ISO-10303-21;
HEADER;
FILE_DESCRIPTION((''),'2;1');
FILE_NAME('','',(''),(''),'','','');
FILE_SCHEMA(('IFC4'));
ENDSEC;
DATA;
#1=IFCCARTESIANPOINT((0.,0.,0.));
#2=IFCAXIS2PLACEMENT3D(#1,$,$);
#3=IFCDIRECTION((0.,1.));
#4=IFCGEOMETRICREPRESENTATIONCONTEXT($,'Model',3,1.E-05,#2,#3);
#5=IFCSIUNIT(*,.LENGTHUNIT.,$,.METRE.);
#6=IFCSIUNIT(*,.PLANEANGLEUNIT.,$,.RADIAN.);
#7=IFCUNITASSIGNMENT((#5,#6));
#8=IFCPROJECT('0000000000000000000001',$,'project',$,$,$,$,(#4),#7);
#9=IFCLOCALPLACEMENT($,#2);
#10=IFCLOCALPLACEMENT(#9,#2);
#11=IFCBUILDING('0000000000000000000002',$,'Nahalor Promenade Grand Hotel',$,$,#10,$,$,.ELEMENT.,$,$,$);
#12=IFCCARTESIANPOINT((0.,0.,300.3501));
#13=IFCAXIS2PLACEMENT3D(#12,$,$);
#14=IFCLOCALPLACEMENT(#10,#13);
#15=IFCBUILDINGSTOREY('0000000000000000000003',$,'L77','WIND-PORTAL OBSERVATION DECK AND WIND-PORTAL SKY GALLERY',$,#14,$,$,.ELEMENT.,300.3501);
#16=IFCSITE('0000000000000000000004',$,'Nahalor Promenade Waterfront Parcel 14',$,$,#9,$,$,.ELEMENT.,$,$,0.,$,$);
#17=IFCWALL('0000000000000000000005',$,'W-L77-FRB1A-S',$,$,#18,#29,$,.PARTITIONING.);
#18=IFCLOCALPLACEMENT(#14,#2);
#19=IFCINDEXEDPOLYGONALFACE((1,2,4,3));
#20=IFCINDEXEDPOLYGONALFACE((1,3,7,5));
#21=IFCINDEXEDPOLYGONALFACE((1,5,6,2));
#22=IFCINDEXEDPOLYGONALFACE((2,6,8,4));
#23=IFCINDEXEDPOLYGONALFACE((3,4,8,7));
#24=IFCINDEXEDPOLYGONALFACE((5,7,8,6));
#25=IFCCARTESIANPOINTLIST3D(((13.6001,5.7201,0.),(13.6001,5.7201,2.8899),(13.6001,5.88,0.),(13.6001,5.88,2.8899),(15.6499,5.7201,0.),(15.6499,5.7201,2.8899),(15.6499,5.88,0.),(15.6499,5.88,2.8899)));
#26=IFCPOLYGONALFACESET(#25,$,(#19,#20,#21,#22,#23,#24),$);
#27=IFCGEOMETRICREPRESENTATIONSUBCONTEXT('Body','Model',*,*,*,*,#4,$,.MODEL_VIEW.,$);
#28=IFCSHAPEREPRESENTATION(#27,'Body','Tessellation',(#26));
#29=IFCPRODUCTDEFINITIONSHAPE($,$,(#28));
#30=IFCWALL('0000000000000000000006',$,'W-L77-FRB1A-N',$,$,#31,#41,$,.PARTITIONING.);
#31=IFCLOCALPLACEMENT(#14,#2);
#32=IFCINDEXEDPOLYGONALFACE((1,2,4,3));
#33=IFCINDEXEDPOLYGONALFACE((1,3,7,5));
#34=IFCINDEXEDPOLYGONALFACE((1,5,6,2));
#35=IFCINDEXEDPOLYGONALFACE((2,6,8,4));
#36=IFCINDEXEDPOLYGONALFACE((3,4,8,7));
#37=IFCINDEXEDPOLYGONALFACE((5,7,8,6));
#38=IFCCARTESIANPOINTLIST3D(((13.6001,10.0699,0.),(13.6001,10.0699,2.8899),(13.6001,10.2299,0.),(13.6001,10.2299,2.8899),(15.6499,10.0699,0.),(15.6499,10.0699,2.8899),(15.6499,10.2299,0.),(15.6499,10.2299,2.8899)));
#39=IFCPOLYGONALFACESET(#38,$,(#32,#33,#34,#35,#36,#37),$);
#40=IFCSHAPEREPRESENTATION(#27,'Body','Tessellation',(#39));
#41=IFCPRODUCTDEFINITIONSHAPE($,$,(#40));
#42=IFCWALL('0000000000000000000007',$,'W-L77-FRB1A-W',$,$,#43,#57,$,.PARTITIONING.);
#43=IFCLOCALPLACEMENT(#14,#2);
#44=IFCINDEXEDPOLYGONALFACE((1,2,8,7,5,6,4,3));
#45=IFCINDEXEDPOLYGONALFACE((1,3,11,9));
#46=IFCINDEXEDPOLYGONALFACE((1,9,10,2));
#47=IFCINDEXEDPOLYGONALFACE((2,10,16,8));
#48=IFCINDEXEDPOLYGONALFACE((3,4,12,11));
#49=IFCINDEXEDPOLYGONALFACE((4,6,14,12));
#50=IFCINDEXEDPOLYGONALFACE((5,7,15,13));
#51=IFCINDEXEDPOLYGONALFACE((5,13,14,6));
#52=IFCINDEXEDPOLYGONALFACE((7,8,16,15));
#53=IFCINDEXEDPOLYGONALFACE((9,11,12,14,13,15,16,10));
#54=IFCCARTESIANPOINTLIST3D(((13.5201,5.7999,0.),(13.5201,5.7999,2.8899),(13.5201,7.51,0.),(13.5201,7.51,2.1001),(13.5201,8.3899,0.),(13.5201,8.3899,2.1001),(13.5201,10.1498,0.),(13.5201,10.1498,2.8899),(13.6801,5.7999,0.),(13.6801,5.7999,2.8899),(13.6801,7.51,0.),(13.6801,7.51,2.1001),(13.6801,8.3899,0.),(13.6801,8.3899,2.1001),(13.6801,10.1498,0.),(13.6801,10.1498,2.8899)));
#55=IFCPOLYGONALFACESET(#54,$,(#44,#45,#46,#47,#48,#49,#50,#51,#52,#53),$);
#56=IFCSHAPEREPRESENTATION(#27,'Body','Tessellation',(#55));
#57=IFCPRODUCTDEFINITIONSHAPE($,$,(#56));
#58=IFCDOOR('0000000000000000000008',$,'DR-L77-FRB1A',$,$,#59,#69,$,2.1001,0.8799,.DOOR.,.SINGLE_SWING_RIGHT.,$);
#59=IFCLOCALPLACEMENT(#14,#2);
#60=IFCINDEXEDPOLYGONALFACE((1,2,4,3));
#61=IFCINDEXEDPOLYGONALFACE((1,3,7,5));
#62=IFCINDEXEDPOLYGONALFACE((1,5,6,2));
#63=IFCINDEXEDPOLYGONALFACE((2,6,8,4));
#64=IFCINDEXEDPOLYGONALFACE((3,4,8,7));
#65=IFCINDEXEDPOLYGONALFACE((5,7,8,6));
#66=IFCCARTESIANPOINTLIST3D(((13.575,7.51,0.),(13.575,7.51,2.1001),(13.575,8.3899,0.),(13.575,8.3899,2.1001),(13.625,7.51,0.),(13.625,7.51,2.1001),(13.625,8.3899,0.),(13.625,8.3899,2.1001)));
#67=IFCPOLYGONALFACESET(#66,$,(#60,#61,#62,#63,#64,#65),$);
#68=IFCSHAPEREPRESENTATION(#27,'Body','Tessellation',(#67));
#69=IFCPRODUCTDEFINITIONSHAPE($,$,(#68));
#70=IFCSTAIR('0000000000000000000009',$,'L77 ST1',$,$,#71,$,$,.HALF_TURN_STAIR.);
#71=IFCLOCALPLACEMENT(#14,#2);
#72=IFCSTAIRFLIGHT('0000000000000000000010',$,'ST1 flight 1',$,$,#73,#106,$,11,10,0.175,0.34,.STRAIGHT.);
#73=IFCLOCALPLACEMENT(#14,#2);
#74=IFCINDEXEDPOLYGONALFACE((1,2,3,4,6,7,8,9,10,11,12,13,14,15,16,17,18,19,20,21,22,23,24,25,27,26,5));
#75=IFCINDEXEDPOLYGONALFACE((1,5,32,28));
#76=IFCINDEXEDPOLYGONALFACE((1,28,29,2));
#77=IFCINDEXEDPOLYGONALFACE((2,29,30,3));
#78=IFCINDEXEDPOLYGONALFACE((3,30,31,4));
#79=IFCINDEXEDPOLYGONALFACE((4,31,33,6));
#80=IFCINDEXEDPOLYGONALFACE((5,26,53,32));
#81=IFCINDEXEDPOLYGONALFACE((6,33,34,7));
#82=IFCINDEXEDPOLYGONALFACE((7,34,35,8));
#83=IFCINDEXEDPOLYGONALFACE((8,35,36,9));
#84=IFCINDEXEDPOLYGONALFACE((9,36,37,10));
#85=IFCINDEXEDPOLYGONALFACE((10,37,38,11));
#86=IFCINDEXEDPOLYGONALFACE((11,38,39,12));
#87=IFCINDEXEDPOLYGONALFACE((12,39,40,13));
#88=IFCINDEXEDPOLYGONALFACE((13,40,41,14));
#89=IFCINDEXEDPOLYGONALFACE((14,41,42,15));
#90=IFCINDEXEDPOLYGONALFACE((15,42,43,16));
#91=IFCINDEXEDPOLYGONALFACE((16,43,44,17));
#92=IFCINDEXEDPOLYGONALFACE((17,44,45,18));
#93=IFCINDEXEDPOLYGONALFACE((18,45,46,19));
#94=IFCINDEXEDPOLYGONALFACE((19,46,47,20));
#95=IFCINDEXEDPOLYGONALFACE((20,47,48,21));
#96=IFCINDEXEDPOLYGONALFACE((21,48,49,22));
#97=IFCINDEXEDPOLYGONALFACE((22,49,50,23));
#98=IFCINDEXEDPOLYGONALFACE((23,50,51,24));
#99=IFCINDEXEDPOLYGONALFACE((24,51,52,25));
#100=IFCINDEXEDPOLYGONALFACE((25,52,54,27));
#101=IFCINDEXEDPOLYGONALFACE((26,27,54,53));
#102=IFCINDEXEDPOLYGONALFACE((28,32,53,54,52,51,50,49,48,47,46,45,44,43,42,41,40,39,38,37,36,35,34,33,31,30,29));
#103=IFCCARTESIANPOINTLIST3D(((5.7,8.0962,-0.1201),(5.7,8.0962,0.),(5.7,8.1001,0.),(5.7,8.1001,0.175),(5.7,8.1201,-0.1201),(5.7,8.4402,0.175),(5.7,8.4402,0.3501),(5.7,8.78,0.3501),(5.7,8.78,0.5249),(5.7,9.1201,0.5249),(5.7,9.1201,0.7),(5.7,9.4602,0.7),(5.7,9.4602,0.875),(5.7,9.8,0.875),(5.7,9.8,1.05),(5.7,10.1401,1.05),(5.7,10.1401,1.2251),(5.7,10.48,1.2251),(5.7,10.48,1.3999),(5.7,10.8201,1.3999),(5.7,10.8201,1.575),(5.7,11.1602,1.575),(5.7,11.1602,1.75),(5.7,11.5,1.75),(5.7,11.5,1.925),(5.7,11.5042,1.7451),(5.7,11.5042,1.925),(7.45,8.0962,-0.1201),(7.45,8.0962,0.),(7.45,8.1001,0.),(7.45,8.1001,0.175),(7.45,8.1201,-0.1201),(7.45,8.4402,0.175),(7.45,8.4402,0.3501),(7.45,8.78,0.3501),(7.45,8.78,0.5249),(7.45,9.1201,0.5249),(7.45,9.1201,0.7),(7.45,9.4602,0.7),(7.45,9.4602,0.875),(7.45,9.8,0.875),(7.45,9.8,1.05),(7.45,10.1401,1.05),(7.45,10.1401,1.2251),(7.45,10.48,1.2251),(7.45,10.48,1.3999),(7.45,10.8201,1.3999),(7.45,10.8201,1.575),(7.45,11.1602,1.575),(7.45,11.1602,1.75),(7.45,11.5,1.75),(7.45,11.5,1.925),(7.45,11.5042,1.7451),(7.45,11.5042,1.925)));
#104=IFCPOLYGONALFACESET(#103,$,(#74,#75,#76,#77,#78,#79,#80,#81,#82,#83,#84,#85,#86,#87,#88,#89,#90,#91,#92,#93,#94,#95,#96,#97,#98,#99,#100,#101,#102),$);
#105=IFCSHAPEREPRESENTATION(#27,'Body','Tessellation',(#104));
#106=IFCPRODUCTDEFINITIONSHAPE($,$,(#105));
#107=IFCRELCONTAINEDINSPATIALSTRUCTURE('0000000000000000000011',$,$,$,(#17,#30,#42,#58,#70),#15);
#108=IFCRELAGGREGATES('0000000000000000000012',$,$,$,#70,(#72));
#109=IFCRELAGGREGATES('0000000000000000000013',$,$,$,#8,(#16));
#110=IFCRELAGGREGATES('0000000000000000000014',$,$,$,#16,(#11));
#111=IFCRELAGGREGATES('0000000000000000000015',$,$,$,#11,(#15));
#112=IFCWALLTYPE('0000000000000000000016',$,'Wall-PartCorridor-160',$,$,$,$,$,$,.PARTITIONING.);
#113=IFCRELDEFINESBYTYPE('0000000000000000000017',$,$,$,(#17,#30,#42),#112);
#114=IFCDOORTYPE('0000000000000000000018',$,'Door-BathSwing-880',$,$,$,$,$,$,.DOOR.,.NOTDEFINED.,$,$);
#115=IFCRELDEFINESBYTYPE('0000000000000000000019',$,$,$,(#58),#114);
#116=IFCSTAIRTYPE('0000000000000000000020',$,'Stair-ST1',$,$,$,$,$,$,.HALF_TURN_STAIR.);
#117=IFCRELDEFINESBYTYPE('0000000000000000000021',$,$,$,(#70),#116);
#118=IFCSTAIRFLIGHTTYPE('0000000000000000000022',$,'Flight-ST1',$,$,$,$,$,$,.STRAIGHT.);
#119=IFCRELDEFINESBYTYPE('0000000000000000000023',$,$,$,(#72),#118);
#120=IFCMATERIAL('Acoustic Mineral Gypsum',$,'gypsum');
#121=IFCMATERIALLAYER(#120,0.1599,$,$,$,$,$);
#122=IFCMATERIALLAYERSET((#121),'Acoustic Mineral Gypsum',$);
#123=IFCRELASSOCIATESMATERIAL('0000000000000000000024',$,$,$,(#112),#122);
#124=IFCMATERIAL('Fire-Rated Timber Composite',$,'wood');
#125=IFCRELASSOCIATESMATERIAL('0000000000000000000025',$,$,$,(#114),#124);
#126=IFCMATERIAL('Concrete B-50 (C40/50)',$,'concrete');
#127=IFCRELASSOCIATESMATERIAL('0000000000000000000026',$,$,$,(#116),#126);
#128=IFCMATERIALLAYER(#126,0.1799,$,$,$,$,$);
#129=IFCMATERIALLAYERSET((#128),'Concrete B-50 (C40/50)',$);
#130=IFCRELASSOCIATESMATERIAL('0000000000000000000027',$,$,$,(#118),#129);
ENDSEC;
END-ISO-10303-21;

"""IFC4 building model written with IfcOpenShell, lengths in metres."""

from ifc_helpers import new_model, si_unit, direction, frame, frame_2d, origin, place, context, subcontext, project, spatial, polyline, rectangle, outline, extrude, source, transform, mapped, material, layer, layer_set, type_object, element, fill, aggregate, save


model = new_model("IFC4")

# Units and contexts
model_context = context("Model", 3, precision=1e-05, world=origin(), true_north=direction((0.0, 1.0)))
body_context = subcontext(model_context, "Body", "Model", "MODEL_VIEW")
ifc_project = project(units=[si_unit("LENGTHUNIT", "METRE"), si_unit("PLANEANGLEUNIT", "RADIAN")], contexts=[model_context])

# Site, building, storey
site_placement = place(None, origin())
site = spatial("IfcSite", under=ifc_project, at=site_placement, Name="Nahalor Promenade Waterfront Parcel 14", CompositionType="ELEMENT", RefElevation=0.0)
building_placement = place(site_placement, origin())
building = spatial("IfcBuilding", under=site, at=building_placement, Name="Nahalor Promenade Grand Hotel", CompositionType="ELEMENT")
storey_placement = place(building_placement, frame((0.0, 0.0, 300.3501)))
storey = spatial("IfcBuildingStorey", under=building, at=storey_placement, Name="L77", Description="WIND-PORTAL OBSERVATION DECK AND WIND-PORTAL SKY GALLERY", CompositionType="ELEMENT", Elevation=300.3501)

# Shared definitions
ifc_material_1 = material(Name="Concrete B-50 (C40/50)", Category="concrete")

# Walls
ifc_material_2 = material(Name="Acoustic Mineral Gypsum", Category="gypsum")
ifc_layer_1 = layer(ifc_material_2, 0.1599)
ifc_layer_set_1 = layer_set([ifc_layer_1], Name="Acoustic Mineral Gypsum")
wall_type_1 = type_object("IfcWallType", Name="Wall-PartCorridor-160", PredefinedType="PARTITIONING", material=ifc_layer_set_1)
shared_shape_1 = source(origin(), body_context, "Body", "SweptSolid", [
    extrude(rectangle(XDim=2.0498, YDim=0.1599, at=frame_2d((1.0249, 0.0))), origin(), (0.0, 0.0, 1.0), 2.8899),
])
for number, where, z_axis, x_axis, name in (
    (1, (13.6001, 5.8, 0.0), (0.0, 0.0, 1.0), (1.0, 0.0, 0.0), "W-L77-FRB1A-S"),
    (2, (13.6001, 10.1499, 0.0), (0.0, 0.0, 1.0), (1.0, 0.0, 0.0), "W-L77-FRB1A-N"),
):
    element("IfcWall", number, at=place(storey_placement, frame(where, z_axis=z_axis, x_axis=x_axis)), inside=storey, type_object=wall_type_1, Name=name, PredefinedType="PARTITIONING", context=body_context, shape_type="MappedRepresentation", body=[
        mapped(shared_shape_1, transform((0.0, 0.0, 0.0), scale=1.0)),
    ])

# Wall, opening, door
shared_shape_2 = source(origin(), body_context, "Body", "SweptSolid", [
    extrude(rectangle(XDim=4.3499, YDim=0.1599, at=frame_2d((2.1748, 0.0))), origin(), (0.0, 0.0, 1.0), 2.8899),
])
wall_1_placement = place(storey_placement, frame((13.6001, 5.8, 0.0), z_axis=(0.0, 0.0, 1.0), x_axis=(0.0, 1.0, 0.0)))
wall_1 = element("IfcWall", 3, at=wall_1_placement, inside=storey, type_object=wall_type_1, Name="W-L77-FRB1A-W", PredefinedType="PARTITIONING", context=body_context, shape_type="MappedRepresentation", body=[
    mapped(shared_shape_2, transform((0.0, 0.0, 0.0), scale=1.0)),
])
opening_1_placement = place(wall_1_placement, frame((1.71, 0.0, 0.0)))
opening_1 = element("IfcOpeningElement", 4, at=opening_1_placement, cuts=wall_1, PredefinedType="OPENING", context=body_context, shape_type="SweptSolid", body=[
    extrude(rectangle(XDim=0.8799, YDim=2.1001, at=frame_2d((0.4399, 1.05))), frame((0.0, 0.0898, 0.0), z_axis=(0.0, -1.0, 0.0), x_axis=(1.0, 0.0, 0.0)), (0.0, 0.0, 1.0), 0.1799),
])
ifc_material_3 = material(Name="Fire-Rated Timber Composite", Category="wood")
door_type_1 = type_object("IfcDoorType", Name="Door-BathSwing-880", OperationType="NOTDEFINED", PredefinedType="DOOR", material=ifc_material_3)
shared_shape_3 = source(origin(), body_context, "Body", "SweptSolid", [
    extrude(rectangle(XDim=0.8799, YDim=2.1001, at=frame_2d((0.4399, 1.05))), frame((0.0, 0.0249, 0.0), z_axis=(0.0, -1.0, 0.0), x_axis=(1.0, 0.0, 0.0)), (0.0, 0.0, 1.0), 0.05),
])
door_1_placement = place(opening_1_placement, frame((0.8799, 0.0, 0.0), z_axis=(0.0, 0.0, 1.0), x_axis=(-1.0, 0.0, 0.0)))
door_1 = element("IfcDoor", 5, at=door_1_placement, inside=storey, type_object=door_type_1, Name="DR-L77-FRB1A", OperationType="SINGLE_SWING_RIGHT", OverallHeight=2.1001, OverallWidth=0.8799, PredefinedType="DOOR", context=body_context, shape_type="MappedRepresentation", body=[
    mapped(shared_shape_3, transform((0.0, 0.0, 0.0), scale=1.0)),
])
fill(opening_1, door_1)

# Stair, stair flight
stair_type = type_object("IfcStairType", Name="Stair-ST1", PredefinedType="HALF_TURN_STAIR", material=ifc_material_1)
stair_placement = place(storey_placement, origin())
stair = element("IfcStair", 6, at=stair_placement, inside=storey, type_object=stair_type, Name="L77 ST1", PredefinedType="HALF_TURN_STAIR")
ifc_layer_2 = layer(ifc_material_1, 0.1799)
ifc_layer_set_2 = layer_set([ifc_layer_2], Name="Concrete B-50 (C40/50)")
stair_flight_type = type_object("IfcStairFlightType", Name="Flight-ST1", PredefinedType="STRAIGHT", material=ifc_layer_set_2)
shared_shape_4 = source(origin(), body_context, "Body", "SweptSolid", [
    extrude(outline(polyline([(-0.0039, -0.1201), (-0.0039, 0.0), (0.0, 0.0), (0.0, 0.175), (0.3401, 0.175), (0.3401, 0.3501), (0.6799, 0.3501), (0.6799, 0.5249), (1.02, 0.5249), (1.02, 0.7), (1.3601, 0.7), (1.3601, 0.875), (1.7, 0.875), (1.7, 1.05), (2.04, 1.05), (2.04, 1.2251), (2.3799, 1.2251), (2.3799, 1.3999), (2.72, 1.3999), (2.72, 1.575), (3.0601, 1.575), (3.0601, 1.75), (3.3999, 1.75), (3.3999, 1.925), (3.4041, 1.925), (3.4041, 1.7451), (0.02, -0.1201), (-0.0039, -0.1201)])), frame((0.0, 0.875, 0.0), z_axis=(0.0, -1.0, 0.0), x_axis=(1.0, 0.0, 0.0)), (0.0, 0.0, 1.0), 1.75),
])
stair_flight_placement = place(storey_placement, frame((6.575, 8.1001, 0.0), z_axis=(0.0, 0.0, 1.0), x_axis=(0.0, 1.0, 0.0)))
stair_flight = element("IfcStairFlight", 7, at=stair_flight_placement, type_object=stair_flight_type, Name="ST1 flight 1", NumberOfRisers=11, NumberOfTreads=10, PredefinedType="STRAIGHT", RiserHeight=0.175, TreadLength=0.34, context=body_context, shape_type="MappedRepresentation", body=[
    mapped(shared_shape_4, transform((0.0, 0.0, 0.0), scale=1.0)),
])
aggregate(stair, [stair_flight])

save(model, "model.ifc")
